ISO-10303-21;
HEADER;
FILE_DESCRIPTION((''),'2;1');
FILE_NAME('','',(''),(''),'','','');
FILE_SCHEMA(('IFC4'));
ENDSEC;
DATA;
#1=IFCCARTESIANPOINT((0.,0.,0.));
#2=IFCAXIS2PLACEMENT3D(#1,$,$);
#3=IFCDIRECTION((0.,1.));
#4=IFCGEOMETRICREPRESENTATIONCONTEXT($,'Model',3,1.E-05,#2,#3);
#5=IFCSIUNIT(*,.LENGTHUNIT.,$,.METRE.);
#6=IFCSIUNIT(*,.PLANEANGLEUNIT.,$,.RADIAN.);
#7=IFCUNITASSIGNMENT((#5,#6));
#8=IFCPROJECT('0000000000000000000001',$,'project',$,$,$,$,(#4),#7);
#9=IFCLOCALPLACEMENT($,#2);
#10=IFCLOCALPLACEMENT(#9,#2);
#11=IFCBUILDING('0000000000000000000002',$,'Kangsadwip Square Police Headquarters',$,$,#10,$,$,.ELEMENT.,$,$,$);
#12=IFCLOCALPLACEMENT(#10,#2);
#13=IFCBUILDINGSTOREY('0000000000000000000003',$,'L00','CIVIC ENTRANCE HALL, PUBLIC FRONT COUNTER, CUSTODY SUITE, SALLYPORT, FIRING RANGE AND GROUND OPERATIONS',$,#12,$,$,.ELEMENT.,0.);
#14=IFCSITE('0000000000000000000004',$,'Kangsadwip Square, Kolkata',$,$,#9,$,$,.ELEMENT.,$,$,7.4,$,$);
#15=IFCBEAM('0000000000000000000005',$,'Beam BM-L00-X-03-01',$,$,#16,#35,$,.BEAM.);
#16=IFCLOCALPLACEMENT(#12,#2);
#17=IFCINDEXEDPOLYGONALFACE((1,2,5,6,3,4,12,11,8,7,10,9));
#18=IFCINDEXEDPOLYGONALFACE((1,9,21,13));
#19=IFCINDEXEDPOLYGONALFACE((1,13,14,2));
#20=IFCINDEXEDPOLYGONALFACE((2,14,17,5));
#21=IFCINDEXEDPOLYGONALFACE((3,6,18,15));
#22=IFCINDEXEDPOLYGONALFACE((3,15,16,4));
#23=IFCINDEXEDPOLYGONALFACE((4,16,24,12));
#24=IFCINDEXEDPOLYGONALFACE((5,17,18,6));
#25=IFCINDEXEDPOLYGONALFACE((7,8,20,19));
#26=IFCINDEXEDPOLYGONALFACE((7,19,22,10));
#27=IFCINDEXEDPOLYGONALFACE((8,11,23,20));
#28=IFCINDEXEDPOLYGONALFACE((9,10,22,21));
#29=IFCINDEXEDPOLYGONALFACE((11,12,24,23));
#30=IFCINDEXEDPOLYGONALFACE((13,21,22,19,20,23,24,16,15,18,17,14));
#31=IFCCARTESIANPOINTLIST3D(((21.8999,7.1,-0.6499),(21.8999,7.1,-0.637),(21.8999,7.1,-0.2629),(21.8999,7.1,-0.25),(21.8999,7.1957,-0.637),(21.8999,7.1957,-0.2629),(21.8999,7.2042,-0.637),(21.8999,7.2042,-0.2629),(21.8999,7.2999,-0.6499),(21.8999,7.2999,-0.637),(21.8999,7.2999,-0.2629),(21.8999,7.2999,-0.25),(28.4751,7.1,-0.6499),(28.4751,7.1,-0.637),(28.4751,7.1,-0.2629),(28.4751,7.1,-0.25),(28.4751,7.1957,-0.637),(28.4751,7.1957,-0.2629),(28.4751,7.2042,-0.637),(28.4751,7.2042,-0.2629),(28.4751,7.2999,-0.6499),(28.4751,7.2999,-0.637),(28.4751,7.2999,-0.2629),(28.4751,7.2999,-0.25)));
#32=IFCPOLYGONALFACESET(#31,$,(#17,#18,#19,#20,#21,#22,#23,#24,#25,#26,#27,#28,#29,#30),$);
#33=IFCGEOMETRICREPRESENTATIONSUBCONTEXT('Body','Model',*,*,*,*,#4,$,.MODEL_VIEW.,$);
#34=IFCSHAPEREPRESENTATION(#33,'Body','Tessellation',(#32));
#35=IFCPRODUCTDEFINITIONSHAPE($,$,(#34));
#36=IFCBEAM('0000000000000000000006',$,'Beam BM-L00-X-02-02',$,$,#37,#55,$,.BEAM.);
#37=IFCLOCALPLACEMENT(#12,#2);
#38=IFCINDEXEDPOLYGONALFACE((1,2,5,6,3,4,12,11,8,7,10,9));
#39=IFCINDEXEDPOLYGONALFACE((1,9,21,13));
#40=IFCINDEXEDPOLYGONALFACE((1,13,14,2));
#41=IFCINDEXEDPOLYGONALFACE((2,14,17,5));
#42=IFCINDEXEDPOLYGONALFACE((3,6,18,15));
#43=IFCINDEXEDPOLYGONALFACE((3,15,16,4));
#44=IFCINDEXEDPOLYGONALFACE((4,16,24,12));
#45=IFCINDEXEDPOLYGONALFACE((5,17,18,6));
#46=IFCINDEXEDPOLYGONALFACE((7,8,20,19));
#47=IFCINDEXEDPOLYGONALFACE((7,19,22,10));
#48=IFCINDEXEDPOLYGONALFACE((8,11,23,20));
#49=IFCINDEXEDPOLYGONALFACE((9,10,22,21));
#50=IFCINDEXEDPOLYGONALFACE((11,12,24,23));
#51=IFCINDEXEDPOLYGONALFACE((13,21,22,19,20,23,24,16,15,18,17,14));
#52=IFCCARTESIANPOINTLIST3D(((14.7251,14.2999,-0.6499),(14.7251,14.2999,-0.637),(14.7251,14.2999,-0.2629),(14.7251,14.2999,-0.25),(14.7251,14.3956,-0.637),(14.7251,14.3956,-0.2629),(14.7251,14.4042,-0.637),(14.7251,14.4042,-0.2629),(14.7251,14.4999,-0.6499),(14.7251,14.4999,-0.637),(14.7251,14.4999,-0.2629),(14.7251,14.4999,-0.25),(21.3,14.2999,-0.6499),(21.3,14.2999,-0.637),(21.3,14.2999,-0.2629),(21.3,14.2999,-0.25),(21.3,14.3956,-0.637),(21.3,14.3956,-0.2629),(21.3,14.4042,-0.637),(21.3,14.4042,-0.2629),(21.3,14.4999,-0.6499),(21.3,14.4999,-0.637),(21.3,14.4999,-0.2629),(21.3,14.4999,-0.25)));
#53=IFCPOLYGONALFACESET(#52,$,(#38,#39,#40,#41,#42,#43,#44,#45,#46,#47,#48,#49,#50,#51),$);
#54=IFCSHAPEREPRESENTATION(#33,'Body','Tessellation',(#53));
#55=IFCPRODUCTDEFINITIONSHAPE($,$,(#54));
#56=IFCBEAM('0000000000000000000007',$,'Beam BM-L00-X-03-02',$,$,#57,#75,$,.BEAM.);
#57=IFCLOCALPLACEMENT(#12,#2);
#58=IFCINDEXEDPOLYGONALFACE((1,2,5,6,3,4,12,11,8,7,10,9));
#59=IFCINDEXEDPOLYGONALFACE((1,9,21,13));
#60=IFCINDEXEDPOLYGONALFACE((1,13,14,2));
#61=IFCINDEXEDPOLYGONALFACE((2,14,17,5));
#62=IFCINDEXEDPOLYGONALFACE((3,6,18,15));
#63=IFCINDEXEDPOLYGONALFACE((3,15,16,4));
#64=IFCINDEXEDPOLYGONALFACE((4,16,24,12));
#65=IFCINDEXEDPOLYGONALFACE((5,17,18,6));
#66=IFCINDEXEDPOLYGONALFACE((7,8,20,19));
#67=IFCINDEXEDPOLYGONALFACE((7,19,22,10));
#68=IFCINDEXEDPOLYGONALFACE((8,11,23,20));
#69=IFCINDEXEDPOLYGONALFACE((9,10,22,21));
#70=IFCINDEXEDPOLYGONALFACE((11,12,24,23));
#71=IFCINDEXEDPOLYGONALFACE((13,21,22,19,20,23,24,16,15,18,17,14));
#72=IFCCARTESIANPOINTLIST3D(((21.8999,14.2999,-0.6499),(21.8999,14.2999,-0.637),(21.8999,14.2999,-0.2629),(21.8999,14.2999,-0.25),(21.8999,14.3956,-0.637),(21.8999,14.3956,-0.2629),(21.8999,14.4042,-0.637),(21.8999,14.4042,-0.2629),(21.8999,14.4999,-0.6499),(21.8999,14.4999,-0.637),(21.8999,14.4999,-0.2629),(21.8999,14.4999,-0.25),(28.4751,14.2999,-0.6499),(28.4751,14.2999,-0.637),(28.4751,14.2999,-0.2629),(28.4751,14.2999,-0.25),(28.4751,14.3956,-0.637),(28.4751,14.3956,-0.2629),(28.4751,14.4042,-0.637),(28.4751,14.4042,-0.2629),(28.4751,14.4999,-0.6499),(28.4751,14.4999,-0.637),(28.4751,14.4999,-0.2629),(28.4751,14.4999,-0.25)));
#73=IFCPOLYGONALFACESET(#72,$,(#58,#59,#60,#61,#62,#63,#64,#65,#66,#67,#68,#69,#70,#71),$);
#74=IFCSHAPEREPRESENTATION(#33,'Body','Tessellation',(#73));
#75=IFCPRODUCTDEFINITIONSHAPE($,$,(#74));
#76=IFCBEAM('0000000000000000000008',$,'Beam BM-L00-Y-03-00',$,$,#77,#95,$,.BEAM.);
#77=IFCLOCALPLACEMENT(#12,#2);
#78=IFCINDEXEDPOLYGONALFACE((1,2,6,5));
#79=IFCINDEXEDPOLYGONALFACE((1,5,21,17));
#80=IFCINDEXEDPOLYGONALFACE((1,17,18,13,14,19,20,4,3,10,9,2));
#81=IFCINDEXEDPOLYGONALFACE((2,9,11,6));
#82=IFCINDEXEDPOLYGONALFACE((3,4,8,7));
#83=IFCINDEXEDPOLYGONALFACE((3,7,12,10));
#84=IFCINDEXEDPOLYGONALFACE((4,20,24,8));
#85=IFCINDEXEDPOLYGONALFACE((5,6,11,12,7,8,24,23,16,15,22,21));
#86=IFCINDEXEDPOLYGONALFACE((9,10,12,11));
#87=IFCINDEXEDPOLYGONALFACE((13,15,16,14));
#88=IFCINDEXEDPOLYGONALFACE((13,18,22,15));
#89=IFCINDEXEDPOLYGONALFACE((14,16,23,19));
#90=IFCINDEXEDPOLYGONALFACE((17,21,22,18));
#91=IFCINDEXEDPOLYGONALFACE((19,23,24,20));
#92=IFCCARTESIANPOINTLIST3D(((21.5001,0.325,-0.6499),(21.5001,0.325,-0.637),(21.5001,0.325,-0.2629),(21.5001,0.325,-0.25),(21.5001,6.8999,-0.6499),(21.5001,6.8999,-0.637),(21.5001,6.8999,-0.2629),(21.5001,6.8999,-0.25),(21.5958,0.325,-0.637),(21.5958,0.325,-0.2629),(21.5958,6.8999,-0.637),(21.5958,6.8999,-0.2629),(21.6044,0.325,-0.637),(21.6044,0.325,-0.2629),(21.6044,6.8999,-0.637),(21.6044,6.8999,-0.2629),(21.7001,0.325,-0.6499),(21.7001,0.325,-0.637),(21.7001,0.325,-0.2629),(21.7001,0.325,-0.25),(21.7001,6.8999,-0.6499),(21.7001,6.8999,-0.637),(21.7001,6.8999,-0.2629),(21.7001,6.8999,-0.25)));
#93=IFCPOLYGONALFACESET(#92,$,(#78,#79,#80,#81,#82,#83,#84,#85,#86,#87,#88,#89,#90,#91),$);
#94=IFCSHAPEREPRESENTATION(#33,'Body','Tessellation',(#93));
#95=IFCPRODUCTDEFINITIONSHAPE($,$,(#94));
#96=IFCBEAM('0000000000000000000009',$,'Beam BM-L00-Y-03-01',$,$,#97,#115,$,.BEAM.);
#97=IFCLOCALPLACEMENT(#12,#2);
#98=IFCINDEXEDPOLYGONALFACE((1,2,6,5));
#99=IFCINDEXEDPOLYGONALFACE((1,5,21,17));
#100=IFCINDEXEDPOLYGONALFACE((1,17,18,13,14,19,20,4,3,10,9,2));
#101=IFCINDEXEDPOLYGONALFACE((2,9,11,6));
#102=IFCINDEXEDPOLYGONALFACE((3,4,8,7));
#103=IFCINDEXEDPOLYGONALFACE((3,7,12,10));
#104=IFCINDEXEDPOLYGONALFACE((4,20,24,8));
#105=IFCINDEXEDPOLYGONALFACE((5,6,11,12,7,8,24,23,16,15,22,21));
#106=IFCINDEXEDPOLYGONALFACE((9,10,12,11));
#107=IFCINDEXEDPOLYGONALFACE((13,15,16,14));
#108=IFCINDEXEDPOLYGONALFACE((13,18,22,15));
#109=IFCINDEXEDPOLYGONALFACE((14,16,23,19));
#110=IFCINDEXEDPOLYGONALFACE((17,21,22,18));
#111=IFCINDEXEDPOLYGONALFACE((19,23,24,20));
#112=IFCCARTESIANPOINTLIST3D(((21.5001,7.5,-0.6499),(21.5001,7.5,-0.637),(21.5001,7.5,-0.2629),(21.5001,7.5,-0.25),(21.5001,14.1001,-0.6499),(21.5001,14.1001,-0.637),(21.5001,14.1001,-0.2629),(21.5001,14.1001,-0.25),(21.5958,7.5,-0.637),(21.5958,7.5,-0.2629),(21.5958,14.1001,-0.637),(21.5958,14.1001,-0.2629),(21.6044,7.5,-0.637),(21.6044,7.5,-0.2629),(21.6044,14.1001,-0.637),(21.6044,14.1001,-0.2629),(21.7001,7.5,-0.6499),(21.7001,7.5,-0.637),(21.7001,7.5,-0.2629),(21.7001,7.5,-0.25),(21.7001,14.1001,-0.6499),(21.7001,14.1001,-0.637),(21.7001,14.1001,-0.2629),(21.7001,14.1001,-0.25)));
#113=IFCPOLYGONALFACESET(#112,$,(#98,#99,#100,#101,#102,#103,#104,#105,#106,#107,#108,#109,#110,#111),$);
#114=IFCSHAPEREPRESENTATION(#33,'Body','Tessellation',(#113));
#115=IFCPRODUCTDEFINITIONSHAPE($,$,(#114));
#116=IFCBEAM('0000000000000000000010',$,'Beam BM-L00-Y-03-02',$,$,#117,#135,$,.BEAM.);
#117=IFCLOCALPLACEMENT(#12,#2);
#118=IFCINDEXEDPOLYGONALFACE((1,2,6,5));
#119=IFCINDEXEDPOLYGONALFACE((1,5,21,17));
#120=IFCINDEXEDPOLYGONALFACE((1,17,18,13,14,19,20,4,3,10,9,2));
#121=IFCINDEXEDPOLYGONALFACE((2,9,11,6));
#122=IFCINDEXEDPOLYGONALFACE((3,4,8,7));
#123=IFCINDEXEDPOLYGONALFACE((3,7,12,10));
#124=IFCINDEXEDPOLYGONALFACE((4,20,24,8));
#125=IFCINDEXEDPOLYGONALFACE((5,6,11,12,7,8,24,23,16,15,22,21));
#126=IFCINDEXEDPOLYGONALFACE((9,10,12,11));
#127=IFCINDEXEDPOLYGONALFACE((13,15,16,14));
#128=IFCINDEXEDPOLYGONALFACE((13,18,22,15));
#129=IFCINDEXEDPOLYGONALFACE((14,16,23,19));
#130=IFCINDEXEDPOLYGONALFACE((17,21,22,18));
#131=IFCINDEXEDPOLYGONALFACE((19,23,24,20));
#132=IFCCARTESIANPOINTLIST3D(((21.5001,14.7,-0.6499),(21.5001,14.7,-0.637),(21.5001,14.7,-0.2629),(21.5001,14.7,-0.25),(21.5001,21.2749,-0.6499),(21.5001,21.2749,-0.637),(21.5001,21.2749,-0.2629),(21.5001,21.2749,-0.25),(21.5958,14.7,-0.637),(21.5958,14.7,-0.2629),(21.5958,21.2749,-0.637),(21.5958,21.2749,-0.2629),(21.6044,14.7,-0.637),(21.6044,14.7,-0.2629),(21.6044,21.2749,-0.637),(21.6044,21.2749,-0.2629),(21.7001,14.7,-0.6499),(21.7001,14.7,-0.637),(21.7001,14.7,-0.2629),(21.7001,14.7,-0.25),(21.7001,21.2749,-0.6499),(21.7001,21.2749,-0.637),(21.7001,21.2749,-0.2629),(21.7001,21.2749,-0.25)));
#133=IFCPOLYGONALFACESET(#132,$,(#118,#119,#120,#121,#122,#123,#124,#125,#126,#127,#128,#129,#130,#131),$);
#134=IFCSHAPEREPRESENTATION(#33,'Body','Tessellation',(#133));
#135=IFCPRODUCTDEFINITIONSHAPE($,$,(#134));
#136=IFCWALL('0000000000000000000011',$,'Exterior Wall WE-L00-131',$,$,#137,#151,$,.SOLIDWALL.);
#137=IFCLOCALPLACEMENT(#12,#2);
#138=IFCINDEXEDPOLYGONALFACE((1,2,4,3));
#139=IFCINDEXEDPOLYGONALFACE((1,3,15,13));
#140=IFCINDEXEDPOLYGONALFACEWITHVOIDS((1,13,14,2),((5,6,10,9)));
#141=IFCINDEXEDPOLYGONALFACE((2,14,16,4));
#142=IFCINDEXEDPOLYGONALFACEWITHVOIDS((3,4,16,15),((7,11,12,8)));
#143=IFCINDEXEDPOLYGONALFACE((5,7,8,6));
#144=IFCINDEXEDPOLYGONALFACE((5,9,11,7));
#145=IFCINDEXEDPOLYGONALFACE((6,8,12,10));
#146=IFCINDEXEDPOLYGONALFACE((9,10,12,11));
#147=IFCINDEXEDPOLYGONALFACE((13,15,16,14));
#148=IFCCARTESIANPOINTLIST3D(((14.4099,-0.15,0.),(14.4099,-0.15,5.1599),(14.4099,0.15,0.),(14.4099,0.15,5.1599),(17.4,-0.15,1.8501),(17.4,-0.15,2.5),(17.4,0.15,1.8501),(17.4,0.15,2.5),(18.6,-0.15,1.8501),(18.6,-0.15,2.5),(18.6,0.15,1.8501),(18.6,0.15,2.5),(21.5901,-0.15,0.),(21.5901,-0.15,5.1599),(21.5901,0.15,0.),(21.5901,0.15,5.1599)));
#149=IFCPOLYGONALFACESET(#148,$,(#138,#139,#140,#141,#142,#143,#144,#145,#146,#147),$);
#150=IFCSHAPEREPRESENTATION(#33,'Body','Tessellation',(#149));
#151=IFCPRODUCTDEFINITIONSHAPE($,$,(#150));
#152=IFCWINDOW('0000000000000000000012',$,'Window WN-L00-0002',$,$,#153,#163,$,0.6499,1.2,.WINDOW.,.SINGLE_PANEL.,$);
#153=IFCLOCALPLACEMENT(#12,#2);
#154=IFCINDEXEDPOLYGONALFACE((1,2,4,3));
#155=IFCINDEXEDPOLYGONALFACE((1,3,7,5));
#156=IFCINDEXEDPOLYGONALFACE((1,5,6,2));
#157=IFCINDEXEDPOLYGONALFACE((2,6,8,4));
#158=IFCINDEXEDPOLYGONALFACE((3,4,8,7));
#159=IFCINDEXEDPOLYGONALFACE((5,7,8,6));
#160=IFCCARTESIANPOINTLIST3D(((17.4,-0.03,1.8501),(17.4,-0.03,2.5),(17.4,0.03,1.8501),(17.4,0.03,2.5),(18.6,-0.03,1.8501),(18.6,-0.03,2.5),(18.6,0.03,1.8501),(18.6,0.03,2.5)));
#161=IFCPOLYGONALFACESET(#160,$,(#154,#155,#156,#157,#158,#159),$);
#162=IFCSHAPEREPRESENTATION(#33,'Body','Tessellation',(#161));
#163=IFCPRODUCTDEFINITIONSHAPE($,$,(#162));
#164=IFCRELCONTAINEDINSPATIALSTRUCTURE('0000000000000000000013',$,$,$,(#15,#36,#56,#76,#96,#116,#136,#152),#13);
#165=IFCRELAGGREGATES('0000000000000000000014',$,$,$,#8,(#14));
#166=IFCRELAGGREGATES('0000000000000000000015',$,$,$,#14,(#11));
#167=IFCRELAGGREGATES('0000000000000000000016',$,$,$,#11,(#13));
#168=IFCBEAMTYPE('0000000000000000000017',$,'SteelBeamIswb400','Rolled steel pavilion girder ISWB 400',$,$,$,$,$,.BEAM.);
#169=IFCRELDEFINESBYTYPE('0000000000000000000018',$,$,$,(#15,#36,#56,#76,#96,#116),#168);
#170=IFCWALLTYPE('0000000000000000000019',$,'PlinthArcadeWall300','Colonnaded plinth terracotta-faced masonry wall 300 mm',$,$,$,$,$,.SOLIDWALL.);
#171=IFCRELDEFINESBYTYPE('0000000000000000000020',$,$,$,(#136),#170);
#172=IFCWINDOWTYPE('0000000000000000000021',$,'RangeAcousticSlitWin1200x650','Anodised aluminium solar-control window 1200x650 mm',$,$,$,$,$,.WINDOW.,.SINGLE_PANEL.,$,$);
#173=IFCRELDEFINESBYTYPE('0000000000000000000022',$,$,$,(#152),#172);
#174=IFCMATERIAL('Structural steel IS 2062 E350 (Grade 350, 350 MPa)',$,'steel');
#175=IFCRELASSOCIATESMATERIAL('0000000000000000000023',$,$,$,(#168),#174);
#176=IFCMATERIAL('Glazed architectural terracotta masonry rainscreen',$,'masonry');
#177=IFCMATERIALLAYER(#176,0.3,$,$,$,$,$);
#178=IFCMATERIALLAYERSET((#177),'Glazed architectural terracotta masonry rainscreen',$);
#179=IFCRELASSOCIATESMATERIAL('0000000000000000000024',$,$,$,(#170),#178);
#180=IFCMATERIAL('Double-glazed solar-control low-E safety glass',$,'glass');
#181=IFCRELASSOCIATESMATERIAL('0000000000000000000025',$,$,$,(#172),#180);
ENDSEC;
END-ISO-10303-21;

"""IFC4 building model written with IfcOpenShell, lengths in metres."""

from ifc_helpers import new_model, si_unit, direction, frame, frame_2d, origin, origin_2d, place, context, subcontext, project, spatial, rectangle, i_section, extrude, material, layer, layer_set, material_profile, profile_set, type_object, element, fill, save


model = new_model("IFC4")

# Units and contexts
model_context = context("Model", 3, precision=1e-05, world=origin(), true_north=direction((0.0, 1.0)))
body_context = subcontext(model_context, "Body", "Model", "MODEL_VIEW")
ifc_project = project(units=[si_unit("LENGTHUNIT", "METRE"), si_unit("PLANEANGLEUNIT", "RADIAN")], contexts=[model_context])

# Site, building, storey
site_placement = place(None, origin())
site = spatial("IfcSite", under=ifc_project, at=site_placement, Name="Kangsadwip Square, Kolkata", CompositionType="ELEMENT", RefElevation=7.4)
building_placement = place(site_placement, origin())
building = spatial("IfcBuilding", under=site, at=building_placement, Name="Kangsadwip Square Police Headquarters", CompositionType="ELEMENT")
storey_placement = place(building_placement, origin())
storey = spatial("IfcBuildingStorey", under=building, at=storey_placement, Name="L00", Description="CIVIC ENTRANCE HALL, PUBLIC FRONT COUNTER, CUSTODY SUITE, SALLYPORT, FIRING RANGE AND GROUND OPERATIONS", CompositionType="ELEMENT", Elevation=0.0)

# Beams
ifc_material_1 = material(Name="Structural steel IS 2062 E350 (Grade 350, 350 MPa)", Category="steel")
ifc_material_profile_1 = material_profile(ifc_material_1, i_section(OverallWidth=0.2, OverallDepth=0.3999, WebThickness=0.0085, FlangeThickness=0.0129, at=origin_2d()), Name="ISWB 400")
ifc_profile_set_1 = profile_set([ifc_material_profile_1], Name="Structural steel IS 2062 E350 (Grade 350, 350 MPa)")
beam_type_1 = type_object("IfcBeamType", Name="SteelBeamIswb400", Description="Rolled steel pavilion girder ISWB 400", PredefinedType="BEAM", material=ifc_profile_set_1)
beam_1_placement = place(storey_placement, frame((21.8999, 7.2, -0.45), z_axis=(1.0, 0.0, 0.0), x_axis=(0.0, 1.0, 0.0)))
element("IfcBeam", 1, at=beam_1_placement, inside=storey, type_object=beam_type_1, Name="Beam BM-L00-X-03-01", PredefinedType="BEAM", context=body_context, shape_type="SweptSolid", body=[
    extrude(i_section(OverallWidth=0.2, OverallDepth=0.3999, WebThickness=0.0085, FlangeThickness=0.0129, at=origin_2d()), origin(), (0.0, 0.0, 1.0), 6.5752),
])
beam_2_placement = place(storey_placement, frame((14.7251, 14.3999, -0.45), z_axis=(1.0, 0.0, 0.0), x_axis=(0.0, 1.0, 0.0)))
element("IfcBeam", 2, at=beam_2_placement, inside=storey, type_object=beam_type_1, Name="Beam BM-L00-X-02-02", PredefinedType="BEAM", context=body_context, shape_type="SweptSolid", body=[
    extrude(i_section(OverallWidth=0.2, OverallDepth=0.3999, WebThickness=0.0085, FlangeThickness=0.0129, at=origin_2d()), origin(), (0.0, 0.0, 1.0), 6.575),
])
beam_3_placement = place(storey_placement, frame((21.8999, 14.3999, -0.45), z_axis=(1.0, 0.0, 0.0), x_axis=(0.0, 1.0, 0.0)))
element("IfcBeam", 3, at=beam_3_placement, inside=storey, type_object=beam_type_1, Name="Beam BM-L00-X-03-02", PredefinedType="BEAM", context=body_context, shape_type="SweptSolid", body=[
    extrude(i_section(OverallWidth=0.2, OverallDepth=0.3999, WebThickness=0.0085, FlangeThickness=0.0129, at=origin_2d()), origin(), (0.0, 0.0, 1.0), 6.5752),
])
beam_4_placement = place(storey_placement, frame((21.6001, 0.325, -0.45), z_axis=(0.0, 1.0, 0.0), x_axis=(-1.0, 0.0, 0.0)))
element("IfcBeam", 4, at=beam_4_placement, inside=storey, type_object=beam_type_1, Name="Beam BM-L00-Y-03-00", PredefinedType="BEAM", context=body_context, shape_type="SweptSolid", body=[
    extrude(i_section(OverallWidth=0.2, OverallDepth=0.3999, WebThickness=0.0085, FlangeThickness=0.0129, at=origin_2d()), origin(), (0.0, 0.0, 1.0), 6.575),
])
beam_5_placement = place(storey_placement, frame((21.6001, 7.5, -0.45), z_axis=(0.0, 1.0, 0.0), x_axis=(-1.0, 0.0, 0.0)))
element("IfcBeam", 5, at=beam_5_placement, inside=storey, type_object=beam_type_1, Name="Beam BM-L00-Y-03-01", PredefinedType="BEAM", context=body_context, shape_type="SweptSolid", body=[
    extrude(i_section(OverallWidth=0.2, OverallDepth=0.3999, WebThickness=0.0085, FlangeThickness=0.0129, at=origin_2d()), origin(), (0.0, 0.0, 1.0), 6.6001),
])
beam_6_placement = place(storey_placement, frame((21.6001, 14.7, -0.45), z_axis=(0.0, 1.0, 0.0), x_axis=(-1.0, 0.0, 0.0)))
element("IfcBeam", 6, at=beam_6_placement, inside=storey, type_object=beam_type_1, Name="Beam BM-L00-Y-03-02", PredefinedType="BEAM", context=body_context, shape_type="SweptSolid", body=[
    extrude(i_section(OverallWidth=0.2, OverallDepth=0.3999, WebThickness=0.0085, FlangeThickness=0.0129, at=origin_2d()), origin(), (0.0, 0.0, 1.0), 6.575),
])

# Wall, opening, window
ifc_material_2 = material(Name="Glazed architectural terracotta masonry rainscreen", Category="masonry")
ifc_layer = layer(ifc_material_2, 0.3)
ifc_layer_set = layer_set([ifc_layer], Name="Glazed architectural terracotta masonry rainscreen")
wall_type = type_object("IfcWallType", Name="PlinthArcadeWall300", Description="Colonnaded plinth terracotta-faced masonry wall 300 mm", PredefinedType="SOLIDWALL", material=ifc_layer_set)
wall_1_placement = place(storey_placement, frame((14.4099, 0.0, 0.0), z_axis=(0.0, 0.0, 1.0), x_axis=(1.0, 0.0, 0.0)))
wall_1 = element("IfcWall", 7, at=wall_1_placement, inside=storey, type_object=wall_type, Name="Exterior Wall WE-L00-131", PredefinedType="SOLIDWALL", context=body_context, shape_type="SweptSolid", body=[
    extrude(rectangle(XDim=7.1802, YDim=0.3, at=frame_2d((3.5901, 0.0))), origin(), (0.0, 0.0, 1.0), 5.1599),
])
opening_1_placement = place(wall_1_placement, frame((2.99, 0.0, 1.8501)))
opening_1 = element("IfcOpeningElement", 8, at=opening_1_placement, cuts=wall_1, PredefinedType="OPENING", context=body_context, shape_type="SweptSolid", body=[
    extrude(rectangle(XDim=1.2, YDim=0.6499, at=frame_2d((0.6001, 0.325))), frame((0.0, 0.1599, 0.0), z_axis=(0.0, -1.0, 0.0), x_axis=(1.0, 0.0, 0.0)), (0.0, 0.0, 1.0), 0.3201),
])
ifc_material_3 = material(Name="Double-glazed solar-control low-E safety glass", Category="glass")
window_type = type_object("IfcWindowType", Name="RangeAcousticSlitWin1200x650", Description="Anodised aluminium solar-control window 1200x650 mm", PartitioningType="SINGLE_PANEL", PredefinedType="WINDOW", material=ifc_material_3)
window_1_placement = place(opening_1_placement, origin())
window_1 = element("IfcWindow", 9, at=window_1_placement, inside=storey, type_object=window_type, Name="Window WN-L00-0002", OverallHeight=0.6499, OverallWidth=1.2, PartitioningType="SINGLE_PANEL", PredefinedType="WINDOW", context=body_context, shape_type="SweptSolid", body=[
    extrude(rectangle(XDim=1.2, YDim=0.6499, at=frame_2d((0.6001, 0.325))), frame((0.0, 0.03, 0.0), z_axis=(0.0, -1.0, 0.0), x_axis=(1.0, 0.0, 0.0)), (0.0, 0.0, 1.0), 0.0601),
])
fill(opening_1, window_1)

save(model, "model.ifc")
